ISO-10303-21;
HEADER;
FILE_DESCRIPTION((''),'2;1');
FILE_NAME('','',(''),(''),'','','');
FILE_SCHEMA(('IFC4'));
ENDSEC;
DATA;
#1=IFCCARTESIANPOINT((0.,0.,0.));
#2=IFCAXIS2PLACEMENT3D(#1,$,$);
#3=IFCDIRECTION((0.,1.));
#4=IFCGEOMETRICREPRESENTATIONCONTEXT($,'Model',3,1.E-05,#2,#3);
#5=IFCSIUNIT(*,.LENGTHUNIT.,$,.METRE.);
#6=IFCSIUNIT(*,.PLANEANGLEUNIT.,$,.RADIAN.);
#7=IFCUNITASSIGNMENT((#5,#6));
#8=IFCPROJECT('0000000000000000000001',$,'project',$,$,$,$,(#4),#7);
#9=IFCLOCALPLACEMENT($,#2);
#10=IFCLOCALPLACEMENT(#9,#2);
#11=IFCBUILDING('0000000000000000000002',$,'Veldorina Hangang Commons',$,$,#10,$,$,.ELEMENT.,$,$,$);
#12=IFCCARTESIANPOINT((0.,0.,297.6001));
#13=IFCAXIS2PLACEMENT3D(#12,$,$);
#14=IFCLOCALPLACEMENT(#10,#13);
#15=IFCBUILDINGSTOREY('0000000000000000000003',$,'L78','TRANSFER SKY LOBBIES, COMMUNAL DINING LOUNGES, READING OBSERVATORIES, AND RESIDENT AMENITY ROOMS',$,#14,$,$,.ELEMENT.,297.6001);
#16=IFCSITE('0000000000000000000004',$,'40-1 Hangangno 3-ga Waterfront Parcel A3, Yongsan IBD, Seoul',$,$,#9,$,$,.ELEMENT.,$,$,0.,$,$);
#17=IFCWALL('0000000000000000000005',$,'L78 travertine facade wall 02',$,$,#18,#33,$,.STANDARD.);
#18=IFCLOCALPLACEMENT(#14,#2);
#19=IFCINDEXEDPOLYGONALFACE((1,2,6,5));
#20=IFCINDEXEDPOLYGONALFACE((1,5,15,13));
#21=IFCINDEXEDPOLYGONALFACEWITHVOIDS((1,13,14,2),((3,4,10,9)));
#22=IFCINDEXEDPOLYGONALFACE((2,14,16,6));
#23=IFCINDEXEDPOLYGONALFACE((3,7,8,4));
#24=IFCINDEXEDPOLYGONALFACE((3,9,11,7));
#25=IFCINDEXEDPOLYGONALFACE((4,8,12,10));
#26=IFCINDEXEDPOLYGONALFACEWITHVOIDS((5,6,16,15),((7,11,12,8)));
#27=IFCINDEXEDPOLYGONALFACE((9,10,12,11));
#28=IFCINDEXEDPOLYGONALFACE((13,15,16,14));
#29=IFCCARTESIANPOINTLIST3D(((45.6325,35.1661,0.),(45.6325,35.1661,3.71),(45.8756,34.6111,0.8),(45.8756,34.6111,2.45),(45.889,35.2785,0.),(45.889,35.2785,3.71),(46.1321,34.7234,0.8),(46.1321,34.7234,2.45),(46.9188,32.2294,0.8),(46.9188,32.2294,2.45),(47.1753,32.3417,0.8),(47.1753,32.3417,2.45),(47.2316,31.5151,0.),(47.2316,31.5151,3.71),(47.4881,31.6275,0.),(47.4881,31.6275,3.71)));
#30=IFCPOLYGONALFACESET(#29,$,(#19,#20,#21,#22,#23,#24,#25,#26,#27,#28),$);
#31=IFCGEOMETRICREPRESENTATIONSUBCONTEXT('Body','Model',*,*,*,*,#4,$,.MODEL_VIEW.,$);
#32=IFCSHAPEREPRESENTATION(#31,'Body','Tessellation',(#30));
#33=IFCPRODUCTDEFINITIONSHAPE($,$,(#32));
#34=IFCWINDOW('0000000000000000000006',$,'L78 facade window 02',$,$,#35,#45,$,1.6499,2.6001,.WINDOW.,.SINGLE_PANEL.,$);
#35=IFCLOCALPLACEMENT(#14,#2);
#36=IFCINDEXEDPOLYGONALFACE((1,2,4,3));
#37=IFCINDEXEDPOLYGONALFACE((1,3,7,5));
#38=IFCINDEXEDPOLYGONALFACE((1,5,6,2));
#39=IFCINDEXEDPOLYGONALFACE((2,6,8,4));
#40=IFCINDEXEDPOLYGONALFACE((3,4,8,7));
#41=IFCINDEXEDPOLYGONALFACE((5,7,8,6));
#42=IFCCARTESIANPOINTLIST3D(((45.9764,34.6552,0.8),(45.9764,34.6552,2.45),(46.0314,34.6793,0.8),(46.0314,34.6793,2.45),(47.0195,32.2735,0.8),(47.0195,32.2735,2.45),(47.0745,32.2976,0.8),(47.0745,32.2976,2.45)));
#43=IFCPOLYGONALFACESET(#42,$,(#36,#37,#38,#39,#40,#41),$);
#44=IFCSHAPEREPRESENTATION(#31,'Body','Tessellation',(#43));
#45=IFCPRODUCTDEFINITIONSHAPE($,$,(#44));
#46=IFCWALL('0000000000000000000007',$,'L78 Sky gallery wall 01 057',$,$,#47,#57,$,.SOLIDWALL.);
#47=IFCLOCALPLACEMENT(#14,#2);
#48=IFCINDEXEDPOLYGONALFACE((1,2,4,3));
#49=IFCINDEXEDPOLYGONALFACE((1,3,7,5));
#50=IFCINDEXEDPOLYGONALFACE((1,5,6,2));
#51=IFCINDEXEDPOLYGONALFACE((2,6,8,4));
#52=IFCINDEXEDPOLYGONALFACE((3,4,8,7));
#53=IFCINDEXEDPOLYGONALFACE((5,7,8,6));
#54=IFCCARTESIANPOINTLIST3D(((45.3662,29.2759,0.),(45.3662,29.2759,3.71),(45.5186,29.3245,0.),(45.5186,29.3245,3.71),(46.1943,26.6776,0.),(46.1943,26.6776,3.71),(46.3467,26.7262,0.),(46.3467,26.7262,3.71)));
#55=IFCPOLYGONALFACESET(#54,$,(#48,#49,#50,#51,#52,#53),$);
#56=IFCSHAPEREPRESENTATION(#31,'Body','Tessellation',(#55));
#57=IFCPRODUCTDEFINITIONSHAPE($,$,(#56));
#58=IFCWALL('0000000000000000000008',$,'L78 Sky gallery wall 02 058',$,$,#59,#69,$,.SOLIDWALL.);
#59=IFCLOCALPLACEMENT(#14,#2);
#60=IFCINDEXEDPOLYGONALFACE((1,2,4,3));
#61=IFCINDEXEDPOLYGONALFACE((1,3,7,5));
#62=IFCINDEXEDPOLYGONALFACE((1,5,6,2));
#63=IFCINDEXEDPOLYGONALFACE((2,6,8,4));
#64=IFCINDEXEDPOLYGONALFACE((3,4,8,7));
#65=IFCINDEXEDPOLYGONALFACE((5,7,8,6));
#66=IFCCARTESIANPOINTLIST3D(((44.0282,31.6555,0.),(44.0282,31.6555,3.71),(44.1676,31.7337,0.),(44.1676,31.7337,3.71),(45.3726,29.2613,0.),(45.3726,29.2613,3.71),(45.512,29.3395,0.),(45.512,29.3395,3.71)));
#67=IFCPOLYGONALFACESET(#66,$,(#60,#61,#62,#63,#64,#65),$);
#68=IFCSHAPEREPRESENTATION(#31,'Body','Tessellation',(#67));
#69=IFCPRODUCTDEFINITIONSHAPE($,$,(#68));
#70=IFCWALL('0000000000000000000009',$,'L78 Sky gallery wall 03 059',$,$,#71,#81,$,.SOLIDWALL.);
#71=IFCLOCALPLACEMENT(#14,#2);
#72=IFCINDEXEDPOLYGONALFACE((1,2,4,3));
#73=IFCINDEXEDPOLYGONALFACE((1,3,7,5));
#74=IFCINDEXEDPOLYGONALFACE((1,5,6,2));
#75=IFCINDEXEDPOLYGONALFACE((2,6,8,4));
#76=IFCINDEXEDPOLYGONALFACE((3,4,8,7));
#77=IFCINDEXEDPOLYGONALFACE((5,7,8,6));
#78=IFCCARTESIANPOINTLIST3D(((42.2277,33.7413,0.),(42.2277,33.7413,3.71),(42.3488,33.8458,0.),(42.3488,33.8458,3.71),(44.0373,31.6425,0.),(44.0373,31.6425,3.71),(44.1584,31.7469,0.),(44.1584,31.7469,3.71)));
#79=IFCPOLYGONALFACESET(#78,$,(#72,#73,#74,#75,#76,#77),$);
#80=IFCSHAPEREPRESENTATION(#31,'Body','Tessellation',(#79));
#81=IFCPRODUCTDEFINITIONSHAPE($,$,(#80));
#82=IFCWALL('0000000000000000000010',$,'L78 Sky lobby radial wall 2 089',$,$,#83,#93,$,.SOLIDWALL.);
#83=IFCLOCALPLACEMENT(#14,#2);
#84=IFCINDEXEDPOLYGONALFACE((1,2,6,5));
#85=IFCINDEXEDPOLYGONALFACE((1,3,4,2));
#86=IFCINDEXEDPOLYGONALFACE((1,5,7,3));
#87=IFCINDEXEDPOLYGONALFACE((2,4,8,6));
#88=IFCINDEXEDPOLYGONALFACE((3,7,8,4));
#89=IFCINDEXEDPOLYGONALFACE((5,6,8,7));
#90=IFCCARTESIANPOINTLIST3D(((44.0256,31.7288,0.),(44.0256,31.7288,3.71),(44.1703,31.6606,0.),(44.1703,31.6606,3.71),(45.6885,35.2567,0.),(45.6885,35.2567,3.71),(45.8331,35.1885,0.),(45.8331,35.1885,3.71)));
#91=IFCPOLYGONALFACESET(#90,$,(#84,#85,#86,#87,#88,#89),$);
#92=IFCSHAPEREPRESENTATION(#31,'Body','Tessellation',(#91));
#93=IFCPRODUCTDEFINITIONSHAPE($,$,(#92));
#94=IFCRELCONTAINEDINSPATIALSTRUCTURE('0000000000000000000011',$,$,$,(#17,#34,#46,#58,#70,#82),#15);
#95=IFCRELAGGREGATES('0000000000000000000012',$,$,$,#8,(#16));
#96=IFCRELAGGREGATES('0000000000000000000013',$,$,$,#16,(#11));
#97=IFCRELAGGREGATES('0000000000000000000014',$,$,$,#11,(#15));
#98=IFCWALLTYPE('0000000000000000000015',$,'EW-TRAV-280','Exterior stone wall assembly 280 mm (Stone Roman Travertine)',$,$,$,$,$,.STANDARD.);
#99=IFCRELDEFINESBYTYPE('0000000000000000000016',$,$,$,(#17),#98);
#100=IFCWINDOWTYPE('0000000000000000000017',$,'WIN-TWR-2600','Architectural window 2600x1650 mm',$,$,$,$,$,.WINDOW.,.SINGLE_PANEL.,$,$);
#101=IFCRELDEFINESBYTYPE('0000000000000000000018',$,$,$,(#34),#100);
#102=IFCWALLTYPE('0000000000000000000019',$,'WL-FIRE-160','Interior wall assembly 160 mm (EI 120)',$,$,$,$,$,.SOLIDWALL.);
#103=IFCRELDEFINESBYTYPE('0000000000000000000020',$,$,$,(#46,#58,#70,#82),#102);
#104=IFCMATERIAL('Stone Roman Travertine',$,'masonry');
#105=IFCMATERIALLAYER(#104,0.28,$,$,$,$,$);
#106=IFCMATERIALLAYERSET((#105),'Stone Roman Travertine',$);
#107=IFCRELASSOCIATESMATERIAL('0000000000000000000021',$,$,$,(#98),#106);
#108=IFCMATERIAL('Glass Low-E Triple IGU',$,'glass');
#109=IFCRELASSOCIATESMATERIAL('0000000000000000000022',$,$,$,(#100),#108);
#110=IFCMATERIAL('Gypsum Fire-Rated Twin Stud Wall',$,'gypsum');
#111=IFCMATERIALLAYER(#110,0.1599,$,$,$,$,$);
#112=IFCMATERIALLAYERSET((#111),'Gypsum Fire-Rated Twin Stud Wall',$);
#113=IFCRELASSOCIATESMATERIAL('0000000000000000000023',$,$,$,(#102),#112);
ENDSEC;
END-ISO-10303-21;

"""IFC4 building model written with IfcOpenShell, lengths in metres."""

from ifc_helpers import new_model, si_unit, direction, frame, frame_2d, origin, place, context, subcontext, project, spatial, rectangle, extrude, material, layer, layer_set, type_object, element, fill, save


model = new_model("IFC4")

# Units and contexts
model_context = context("Model", 3, precision=1e-05, world=origin(), true_north=direction((0.0, 1.0)))
body_context = subcontext(model_context, "Body", "Model", "MODEL_VIEW")
ifc_project = project(units=[si_unit("LENGTHUNIT", "METRE"), si_unit("PLANEANGLEUNIT", "RADIAN")], contexts=[model_context])

# Site, building, storey
site_placement = place(None, origin())
site = spatial("IfcSite", under=ifc_project, at=site_placement, Name="40-1 Hangangno 3-ga Waterfront Parcel A3, Yongsan IBD, Seoul", CompositionType="ELEMENT", RefElevation=0.0)
building_placement = place(site_placement, origin())
building = spatial("IfcBuilding", under=site, at=building_placement, Name="Veldorina Hangang Commons", CompositionType="ELEMENT")
storey_placement = place(building_placement, frame((0.0, 0.0, 297.6001)))
storey = spatial("IfcBuildingStorey", under=building, at=storey_placement, Name="L78", Description="TRANSFER SKY LOBBIES, COMMUNAL DINING LOUNGES, READING OBSERVATORIES, AND RESIDENT AMENITY ROOMS", CompositionType="ELEMENT", Elevation=297.6001)

# Shared definitions
ifc_material_1 = material(Name="Glass Low-E Triple IGU", Category="glass")

# Wall, opening, window
ifc_material_2 = material(Name="Stone Roman Travertine", Category="masonry")
ifc_layer_1 = layer(ifc_material_2, 0.28)
ifc_layer_set_1 = layer_set([ifc_layer_1], Name="Stone Roman Travertine")
wall_type_1 = type_object("IfcWallType", Name="EW-TRAV-280", Description="Exterior stone wall assembly 280 mm (Stone Roman Travertine)", PredefinedType="STANDARD", material=ifc_layer_set_1)
wall_1_placement = place(storey_placement, frame((47.3599, 31.5713, 0.0), z_axis=(0.0, 0.0, 1.0), x_axis=(-0.401188, 0.915996, 0.0)))
wall_1 = element("IfcWall", 1, at=wall_1_placement, inside=storey, type_object=wall_type_1, Name="L78 travertine facade wall 02", PredefinedType="STANDARD", context=body_context, shape_type="SweptSolid", body=[
    extrude(rectangle(XDim=3.9858, YDim=0.28, at=frame_2d((1.9929, 0.0))), origin(), (0.0, 0.0, 1.0), 3.71),
])
opening_placement = place(wall_1_placement, frame((0.7798, 0.0, 0.8)))
opening = element("IfcOpeningElement", 2, at=opening_placement, cuts=wall_1, PredefinedType="OPENING", context=body_context, shape_type="SweptSolid", body=[
    extrude(rectangle(XDim=2.6001, YDim=1.6499, at=frame_2d((1.3, 0.825))), frame((0.0, 0.1499, 0.0), z_axis=(0.0, -1.0, 0.0), x_axis=(1.0, 0.0, 0.0)), (0.0, 0.0, 1.0), 0.3),
])
window_type = type_object("IfcWindowType", Name="WIN-TWR-2600", Description="Architectural window 2600x1650 mm", PartitioningType="SINGLE_PANEL", PredefinedType="WINDOW", material=ifc_material_1)
window_placement = place(opening_placement, origin())
window = element("IfcWindow", 3, at=window_placement, inside=storey, type_object=window_type, Name="L78 facade window 02", OverallHeight=1.6499, OverallWidth=2.6001, PartitioningType="SINGLE_PANEL", PredefinedType="WINDOW", context=body_context, shape_type="SweptSolid", body=[
    extrude(rectangle(XDim=2.6001, YDim=1.6499, at=frame_2d((1.3, 0.825))), frame((0.0, 0.03, 0.0), z_axis=(0.0, -1.0, 0.0), x_axis=(1.0, 0.0, 0.0)), (0.0, 0.0, 1.0), 0.0601),
])
fill(opening, window)

# Walls
ifc_material_3 = material(Name="Gypsum Fire-Rated Twin Stud Wall", Category="gypsum")
ifc_layer_2 = layer(ifc_material_3, 0.1599)
ifc_layer_set_2 = layer_set([ifc_layer_2], Name="Gypsum Fire-Rated Twin Stud Wall")
wall_type_2 = type_object("IfcWallType", Name="WL-FIRE-160", Description="Interior wall assembly 160 mm (EI 120)", PredefinedType="SOLIDWALL", material=ifc_layer_set_2)
wall_2_placement = place(storey_placement, frame((46.2705, 26.7019, 0.0), z_axis=(0.0, 0.0, 1.0), x_axis=(-0.303658, 0.952781, 0.0)))
element("IfcWall", 4, at=wall_2_placement, inside=storey, type_object=wall_type_2, Name="L78 Sky gallery wall 01 057", PredefinedType="SOLIDWALL", context=body_context, shape_type="SweptSolid", body=[
    extrude(rectangle(XDim=2.7271, YDim=0.1599, at=frame_2d((1.3635, 0.0))), origin(), (0.0, 0.0, 1.0), 3.71),
])
wall_3_placement = place(storey_placement, frame((45.4424, 29.3003, 0.0), z_axis=(0.0, 0.0, 1.0), x_axis=(-0.489624, 0.871934, 0.0)))
element("IfcWall", 5, at=wall_3_placement, inside=storey, type_object=wall_type_2, Name="L78 Sky gallery wall 02 058", PredefinedType="SOLIDWALL", context=body_context, shape_type="SweptSolid", body=[
    extrude(rectangle(XDim=2.7458, YDim=0.1599, at=frame_2d((1.373, 0.0))), origin(), (0.0, 0.0, 1.0), 3.71),
])
wall_4_placement = place(storey_placement, frame((44.0979, 31.6946, 0.0), z_axis=(0.0, 0.0, 1.0), x_axis=(-0.65298, 0.757375, 0.0)))
element("IfcWall", 6, at=wall_4_placement, inside=storey, type_object=wall_type_2, Name="L78 Sky gallery wall 03 059", PredefinedType="SOLIDWALL", context=body_context, shape_type="SweptSolid", body=[
    extrude(rectangle(XDim=2.7712, YDim=0.1599, at=frame_2d((1.3857, 0.0))), origin(), (0.0, 0.0, 1.0), 3.71),
])
wall_5_placement = place(storey_placement, frame((44.0979, 31.6946, 0.0), z_axis=(0.0, 0.0, 1.0), x_axis=(0.426361, 0.904553, 0.0)))
element("IfcWall", 7, at=wall_5_placement, inside=storey, type_object=wall_type_2, Name="L78 Sky lobby radial wall 2 089", PredefinedType="SOLIDWALL", context=body_context, shape_type="SweptSolid", body=[
    extrude(rectangle(XDim=3.9001, YDim=0.1599, at=frame_2d((1.9502, 0.0))), origin(), (0.0, 0.0, 1.0), 3.71),
])

save(model, "model.ifc")
